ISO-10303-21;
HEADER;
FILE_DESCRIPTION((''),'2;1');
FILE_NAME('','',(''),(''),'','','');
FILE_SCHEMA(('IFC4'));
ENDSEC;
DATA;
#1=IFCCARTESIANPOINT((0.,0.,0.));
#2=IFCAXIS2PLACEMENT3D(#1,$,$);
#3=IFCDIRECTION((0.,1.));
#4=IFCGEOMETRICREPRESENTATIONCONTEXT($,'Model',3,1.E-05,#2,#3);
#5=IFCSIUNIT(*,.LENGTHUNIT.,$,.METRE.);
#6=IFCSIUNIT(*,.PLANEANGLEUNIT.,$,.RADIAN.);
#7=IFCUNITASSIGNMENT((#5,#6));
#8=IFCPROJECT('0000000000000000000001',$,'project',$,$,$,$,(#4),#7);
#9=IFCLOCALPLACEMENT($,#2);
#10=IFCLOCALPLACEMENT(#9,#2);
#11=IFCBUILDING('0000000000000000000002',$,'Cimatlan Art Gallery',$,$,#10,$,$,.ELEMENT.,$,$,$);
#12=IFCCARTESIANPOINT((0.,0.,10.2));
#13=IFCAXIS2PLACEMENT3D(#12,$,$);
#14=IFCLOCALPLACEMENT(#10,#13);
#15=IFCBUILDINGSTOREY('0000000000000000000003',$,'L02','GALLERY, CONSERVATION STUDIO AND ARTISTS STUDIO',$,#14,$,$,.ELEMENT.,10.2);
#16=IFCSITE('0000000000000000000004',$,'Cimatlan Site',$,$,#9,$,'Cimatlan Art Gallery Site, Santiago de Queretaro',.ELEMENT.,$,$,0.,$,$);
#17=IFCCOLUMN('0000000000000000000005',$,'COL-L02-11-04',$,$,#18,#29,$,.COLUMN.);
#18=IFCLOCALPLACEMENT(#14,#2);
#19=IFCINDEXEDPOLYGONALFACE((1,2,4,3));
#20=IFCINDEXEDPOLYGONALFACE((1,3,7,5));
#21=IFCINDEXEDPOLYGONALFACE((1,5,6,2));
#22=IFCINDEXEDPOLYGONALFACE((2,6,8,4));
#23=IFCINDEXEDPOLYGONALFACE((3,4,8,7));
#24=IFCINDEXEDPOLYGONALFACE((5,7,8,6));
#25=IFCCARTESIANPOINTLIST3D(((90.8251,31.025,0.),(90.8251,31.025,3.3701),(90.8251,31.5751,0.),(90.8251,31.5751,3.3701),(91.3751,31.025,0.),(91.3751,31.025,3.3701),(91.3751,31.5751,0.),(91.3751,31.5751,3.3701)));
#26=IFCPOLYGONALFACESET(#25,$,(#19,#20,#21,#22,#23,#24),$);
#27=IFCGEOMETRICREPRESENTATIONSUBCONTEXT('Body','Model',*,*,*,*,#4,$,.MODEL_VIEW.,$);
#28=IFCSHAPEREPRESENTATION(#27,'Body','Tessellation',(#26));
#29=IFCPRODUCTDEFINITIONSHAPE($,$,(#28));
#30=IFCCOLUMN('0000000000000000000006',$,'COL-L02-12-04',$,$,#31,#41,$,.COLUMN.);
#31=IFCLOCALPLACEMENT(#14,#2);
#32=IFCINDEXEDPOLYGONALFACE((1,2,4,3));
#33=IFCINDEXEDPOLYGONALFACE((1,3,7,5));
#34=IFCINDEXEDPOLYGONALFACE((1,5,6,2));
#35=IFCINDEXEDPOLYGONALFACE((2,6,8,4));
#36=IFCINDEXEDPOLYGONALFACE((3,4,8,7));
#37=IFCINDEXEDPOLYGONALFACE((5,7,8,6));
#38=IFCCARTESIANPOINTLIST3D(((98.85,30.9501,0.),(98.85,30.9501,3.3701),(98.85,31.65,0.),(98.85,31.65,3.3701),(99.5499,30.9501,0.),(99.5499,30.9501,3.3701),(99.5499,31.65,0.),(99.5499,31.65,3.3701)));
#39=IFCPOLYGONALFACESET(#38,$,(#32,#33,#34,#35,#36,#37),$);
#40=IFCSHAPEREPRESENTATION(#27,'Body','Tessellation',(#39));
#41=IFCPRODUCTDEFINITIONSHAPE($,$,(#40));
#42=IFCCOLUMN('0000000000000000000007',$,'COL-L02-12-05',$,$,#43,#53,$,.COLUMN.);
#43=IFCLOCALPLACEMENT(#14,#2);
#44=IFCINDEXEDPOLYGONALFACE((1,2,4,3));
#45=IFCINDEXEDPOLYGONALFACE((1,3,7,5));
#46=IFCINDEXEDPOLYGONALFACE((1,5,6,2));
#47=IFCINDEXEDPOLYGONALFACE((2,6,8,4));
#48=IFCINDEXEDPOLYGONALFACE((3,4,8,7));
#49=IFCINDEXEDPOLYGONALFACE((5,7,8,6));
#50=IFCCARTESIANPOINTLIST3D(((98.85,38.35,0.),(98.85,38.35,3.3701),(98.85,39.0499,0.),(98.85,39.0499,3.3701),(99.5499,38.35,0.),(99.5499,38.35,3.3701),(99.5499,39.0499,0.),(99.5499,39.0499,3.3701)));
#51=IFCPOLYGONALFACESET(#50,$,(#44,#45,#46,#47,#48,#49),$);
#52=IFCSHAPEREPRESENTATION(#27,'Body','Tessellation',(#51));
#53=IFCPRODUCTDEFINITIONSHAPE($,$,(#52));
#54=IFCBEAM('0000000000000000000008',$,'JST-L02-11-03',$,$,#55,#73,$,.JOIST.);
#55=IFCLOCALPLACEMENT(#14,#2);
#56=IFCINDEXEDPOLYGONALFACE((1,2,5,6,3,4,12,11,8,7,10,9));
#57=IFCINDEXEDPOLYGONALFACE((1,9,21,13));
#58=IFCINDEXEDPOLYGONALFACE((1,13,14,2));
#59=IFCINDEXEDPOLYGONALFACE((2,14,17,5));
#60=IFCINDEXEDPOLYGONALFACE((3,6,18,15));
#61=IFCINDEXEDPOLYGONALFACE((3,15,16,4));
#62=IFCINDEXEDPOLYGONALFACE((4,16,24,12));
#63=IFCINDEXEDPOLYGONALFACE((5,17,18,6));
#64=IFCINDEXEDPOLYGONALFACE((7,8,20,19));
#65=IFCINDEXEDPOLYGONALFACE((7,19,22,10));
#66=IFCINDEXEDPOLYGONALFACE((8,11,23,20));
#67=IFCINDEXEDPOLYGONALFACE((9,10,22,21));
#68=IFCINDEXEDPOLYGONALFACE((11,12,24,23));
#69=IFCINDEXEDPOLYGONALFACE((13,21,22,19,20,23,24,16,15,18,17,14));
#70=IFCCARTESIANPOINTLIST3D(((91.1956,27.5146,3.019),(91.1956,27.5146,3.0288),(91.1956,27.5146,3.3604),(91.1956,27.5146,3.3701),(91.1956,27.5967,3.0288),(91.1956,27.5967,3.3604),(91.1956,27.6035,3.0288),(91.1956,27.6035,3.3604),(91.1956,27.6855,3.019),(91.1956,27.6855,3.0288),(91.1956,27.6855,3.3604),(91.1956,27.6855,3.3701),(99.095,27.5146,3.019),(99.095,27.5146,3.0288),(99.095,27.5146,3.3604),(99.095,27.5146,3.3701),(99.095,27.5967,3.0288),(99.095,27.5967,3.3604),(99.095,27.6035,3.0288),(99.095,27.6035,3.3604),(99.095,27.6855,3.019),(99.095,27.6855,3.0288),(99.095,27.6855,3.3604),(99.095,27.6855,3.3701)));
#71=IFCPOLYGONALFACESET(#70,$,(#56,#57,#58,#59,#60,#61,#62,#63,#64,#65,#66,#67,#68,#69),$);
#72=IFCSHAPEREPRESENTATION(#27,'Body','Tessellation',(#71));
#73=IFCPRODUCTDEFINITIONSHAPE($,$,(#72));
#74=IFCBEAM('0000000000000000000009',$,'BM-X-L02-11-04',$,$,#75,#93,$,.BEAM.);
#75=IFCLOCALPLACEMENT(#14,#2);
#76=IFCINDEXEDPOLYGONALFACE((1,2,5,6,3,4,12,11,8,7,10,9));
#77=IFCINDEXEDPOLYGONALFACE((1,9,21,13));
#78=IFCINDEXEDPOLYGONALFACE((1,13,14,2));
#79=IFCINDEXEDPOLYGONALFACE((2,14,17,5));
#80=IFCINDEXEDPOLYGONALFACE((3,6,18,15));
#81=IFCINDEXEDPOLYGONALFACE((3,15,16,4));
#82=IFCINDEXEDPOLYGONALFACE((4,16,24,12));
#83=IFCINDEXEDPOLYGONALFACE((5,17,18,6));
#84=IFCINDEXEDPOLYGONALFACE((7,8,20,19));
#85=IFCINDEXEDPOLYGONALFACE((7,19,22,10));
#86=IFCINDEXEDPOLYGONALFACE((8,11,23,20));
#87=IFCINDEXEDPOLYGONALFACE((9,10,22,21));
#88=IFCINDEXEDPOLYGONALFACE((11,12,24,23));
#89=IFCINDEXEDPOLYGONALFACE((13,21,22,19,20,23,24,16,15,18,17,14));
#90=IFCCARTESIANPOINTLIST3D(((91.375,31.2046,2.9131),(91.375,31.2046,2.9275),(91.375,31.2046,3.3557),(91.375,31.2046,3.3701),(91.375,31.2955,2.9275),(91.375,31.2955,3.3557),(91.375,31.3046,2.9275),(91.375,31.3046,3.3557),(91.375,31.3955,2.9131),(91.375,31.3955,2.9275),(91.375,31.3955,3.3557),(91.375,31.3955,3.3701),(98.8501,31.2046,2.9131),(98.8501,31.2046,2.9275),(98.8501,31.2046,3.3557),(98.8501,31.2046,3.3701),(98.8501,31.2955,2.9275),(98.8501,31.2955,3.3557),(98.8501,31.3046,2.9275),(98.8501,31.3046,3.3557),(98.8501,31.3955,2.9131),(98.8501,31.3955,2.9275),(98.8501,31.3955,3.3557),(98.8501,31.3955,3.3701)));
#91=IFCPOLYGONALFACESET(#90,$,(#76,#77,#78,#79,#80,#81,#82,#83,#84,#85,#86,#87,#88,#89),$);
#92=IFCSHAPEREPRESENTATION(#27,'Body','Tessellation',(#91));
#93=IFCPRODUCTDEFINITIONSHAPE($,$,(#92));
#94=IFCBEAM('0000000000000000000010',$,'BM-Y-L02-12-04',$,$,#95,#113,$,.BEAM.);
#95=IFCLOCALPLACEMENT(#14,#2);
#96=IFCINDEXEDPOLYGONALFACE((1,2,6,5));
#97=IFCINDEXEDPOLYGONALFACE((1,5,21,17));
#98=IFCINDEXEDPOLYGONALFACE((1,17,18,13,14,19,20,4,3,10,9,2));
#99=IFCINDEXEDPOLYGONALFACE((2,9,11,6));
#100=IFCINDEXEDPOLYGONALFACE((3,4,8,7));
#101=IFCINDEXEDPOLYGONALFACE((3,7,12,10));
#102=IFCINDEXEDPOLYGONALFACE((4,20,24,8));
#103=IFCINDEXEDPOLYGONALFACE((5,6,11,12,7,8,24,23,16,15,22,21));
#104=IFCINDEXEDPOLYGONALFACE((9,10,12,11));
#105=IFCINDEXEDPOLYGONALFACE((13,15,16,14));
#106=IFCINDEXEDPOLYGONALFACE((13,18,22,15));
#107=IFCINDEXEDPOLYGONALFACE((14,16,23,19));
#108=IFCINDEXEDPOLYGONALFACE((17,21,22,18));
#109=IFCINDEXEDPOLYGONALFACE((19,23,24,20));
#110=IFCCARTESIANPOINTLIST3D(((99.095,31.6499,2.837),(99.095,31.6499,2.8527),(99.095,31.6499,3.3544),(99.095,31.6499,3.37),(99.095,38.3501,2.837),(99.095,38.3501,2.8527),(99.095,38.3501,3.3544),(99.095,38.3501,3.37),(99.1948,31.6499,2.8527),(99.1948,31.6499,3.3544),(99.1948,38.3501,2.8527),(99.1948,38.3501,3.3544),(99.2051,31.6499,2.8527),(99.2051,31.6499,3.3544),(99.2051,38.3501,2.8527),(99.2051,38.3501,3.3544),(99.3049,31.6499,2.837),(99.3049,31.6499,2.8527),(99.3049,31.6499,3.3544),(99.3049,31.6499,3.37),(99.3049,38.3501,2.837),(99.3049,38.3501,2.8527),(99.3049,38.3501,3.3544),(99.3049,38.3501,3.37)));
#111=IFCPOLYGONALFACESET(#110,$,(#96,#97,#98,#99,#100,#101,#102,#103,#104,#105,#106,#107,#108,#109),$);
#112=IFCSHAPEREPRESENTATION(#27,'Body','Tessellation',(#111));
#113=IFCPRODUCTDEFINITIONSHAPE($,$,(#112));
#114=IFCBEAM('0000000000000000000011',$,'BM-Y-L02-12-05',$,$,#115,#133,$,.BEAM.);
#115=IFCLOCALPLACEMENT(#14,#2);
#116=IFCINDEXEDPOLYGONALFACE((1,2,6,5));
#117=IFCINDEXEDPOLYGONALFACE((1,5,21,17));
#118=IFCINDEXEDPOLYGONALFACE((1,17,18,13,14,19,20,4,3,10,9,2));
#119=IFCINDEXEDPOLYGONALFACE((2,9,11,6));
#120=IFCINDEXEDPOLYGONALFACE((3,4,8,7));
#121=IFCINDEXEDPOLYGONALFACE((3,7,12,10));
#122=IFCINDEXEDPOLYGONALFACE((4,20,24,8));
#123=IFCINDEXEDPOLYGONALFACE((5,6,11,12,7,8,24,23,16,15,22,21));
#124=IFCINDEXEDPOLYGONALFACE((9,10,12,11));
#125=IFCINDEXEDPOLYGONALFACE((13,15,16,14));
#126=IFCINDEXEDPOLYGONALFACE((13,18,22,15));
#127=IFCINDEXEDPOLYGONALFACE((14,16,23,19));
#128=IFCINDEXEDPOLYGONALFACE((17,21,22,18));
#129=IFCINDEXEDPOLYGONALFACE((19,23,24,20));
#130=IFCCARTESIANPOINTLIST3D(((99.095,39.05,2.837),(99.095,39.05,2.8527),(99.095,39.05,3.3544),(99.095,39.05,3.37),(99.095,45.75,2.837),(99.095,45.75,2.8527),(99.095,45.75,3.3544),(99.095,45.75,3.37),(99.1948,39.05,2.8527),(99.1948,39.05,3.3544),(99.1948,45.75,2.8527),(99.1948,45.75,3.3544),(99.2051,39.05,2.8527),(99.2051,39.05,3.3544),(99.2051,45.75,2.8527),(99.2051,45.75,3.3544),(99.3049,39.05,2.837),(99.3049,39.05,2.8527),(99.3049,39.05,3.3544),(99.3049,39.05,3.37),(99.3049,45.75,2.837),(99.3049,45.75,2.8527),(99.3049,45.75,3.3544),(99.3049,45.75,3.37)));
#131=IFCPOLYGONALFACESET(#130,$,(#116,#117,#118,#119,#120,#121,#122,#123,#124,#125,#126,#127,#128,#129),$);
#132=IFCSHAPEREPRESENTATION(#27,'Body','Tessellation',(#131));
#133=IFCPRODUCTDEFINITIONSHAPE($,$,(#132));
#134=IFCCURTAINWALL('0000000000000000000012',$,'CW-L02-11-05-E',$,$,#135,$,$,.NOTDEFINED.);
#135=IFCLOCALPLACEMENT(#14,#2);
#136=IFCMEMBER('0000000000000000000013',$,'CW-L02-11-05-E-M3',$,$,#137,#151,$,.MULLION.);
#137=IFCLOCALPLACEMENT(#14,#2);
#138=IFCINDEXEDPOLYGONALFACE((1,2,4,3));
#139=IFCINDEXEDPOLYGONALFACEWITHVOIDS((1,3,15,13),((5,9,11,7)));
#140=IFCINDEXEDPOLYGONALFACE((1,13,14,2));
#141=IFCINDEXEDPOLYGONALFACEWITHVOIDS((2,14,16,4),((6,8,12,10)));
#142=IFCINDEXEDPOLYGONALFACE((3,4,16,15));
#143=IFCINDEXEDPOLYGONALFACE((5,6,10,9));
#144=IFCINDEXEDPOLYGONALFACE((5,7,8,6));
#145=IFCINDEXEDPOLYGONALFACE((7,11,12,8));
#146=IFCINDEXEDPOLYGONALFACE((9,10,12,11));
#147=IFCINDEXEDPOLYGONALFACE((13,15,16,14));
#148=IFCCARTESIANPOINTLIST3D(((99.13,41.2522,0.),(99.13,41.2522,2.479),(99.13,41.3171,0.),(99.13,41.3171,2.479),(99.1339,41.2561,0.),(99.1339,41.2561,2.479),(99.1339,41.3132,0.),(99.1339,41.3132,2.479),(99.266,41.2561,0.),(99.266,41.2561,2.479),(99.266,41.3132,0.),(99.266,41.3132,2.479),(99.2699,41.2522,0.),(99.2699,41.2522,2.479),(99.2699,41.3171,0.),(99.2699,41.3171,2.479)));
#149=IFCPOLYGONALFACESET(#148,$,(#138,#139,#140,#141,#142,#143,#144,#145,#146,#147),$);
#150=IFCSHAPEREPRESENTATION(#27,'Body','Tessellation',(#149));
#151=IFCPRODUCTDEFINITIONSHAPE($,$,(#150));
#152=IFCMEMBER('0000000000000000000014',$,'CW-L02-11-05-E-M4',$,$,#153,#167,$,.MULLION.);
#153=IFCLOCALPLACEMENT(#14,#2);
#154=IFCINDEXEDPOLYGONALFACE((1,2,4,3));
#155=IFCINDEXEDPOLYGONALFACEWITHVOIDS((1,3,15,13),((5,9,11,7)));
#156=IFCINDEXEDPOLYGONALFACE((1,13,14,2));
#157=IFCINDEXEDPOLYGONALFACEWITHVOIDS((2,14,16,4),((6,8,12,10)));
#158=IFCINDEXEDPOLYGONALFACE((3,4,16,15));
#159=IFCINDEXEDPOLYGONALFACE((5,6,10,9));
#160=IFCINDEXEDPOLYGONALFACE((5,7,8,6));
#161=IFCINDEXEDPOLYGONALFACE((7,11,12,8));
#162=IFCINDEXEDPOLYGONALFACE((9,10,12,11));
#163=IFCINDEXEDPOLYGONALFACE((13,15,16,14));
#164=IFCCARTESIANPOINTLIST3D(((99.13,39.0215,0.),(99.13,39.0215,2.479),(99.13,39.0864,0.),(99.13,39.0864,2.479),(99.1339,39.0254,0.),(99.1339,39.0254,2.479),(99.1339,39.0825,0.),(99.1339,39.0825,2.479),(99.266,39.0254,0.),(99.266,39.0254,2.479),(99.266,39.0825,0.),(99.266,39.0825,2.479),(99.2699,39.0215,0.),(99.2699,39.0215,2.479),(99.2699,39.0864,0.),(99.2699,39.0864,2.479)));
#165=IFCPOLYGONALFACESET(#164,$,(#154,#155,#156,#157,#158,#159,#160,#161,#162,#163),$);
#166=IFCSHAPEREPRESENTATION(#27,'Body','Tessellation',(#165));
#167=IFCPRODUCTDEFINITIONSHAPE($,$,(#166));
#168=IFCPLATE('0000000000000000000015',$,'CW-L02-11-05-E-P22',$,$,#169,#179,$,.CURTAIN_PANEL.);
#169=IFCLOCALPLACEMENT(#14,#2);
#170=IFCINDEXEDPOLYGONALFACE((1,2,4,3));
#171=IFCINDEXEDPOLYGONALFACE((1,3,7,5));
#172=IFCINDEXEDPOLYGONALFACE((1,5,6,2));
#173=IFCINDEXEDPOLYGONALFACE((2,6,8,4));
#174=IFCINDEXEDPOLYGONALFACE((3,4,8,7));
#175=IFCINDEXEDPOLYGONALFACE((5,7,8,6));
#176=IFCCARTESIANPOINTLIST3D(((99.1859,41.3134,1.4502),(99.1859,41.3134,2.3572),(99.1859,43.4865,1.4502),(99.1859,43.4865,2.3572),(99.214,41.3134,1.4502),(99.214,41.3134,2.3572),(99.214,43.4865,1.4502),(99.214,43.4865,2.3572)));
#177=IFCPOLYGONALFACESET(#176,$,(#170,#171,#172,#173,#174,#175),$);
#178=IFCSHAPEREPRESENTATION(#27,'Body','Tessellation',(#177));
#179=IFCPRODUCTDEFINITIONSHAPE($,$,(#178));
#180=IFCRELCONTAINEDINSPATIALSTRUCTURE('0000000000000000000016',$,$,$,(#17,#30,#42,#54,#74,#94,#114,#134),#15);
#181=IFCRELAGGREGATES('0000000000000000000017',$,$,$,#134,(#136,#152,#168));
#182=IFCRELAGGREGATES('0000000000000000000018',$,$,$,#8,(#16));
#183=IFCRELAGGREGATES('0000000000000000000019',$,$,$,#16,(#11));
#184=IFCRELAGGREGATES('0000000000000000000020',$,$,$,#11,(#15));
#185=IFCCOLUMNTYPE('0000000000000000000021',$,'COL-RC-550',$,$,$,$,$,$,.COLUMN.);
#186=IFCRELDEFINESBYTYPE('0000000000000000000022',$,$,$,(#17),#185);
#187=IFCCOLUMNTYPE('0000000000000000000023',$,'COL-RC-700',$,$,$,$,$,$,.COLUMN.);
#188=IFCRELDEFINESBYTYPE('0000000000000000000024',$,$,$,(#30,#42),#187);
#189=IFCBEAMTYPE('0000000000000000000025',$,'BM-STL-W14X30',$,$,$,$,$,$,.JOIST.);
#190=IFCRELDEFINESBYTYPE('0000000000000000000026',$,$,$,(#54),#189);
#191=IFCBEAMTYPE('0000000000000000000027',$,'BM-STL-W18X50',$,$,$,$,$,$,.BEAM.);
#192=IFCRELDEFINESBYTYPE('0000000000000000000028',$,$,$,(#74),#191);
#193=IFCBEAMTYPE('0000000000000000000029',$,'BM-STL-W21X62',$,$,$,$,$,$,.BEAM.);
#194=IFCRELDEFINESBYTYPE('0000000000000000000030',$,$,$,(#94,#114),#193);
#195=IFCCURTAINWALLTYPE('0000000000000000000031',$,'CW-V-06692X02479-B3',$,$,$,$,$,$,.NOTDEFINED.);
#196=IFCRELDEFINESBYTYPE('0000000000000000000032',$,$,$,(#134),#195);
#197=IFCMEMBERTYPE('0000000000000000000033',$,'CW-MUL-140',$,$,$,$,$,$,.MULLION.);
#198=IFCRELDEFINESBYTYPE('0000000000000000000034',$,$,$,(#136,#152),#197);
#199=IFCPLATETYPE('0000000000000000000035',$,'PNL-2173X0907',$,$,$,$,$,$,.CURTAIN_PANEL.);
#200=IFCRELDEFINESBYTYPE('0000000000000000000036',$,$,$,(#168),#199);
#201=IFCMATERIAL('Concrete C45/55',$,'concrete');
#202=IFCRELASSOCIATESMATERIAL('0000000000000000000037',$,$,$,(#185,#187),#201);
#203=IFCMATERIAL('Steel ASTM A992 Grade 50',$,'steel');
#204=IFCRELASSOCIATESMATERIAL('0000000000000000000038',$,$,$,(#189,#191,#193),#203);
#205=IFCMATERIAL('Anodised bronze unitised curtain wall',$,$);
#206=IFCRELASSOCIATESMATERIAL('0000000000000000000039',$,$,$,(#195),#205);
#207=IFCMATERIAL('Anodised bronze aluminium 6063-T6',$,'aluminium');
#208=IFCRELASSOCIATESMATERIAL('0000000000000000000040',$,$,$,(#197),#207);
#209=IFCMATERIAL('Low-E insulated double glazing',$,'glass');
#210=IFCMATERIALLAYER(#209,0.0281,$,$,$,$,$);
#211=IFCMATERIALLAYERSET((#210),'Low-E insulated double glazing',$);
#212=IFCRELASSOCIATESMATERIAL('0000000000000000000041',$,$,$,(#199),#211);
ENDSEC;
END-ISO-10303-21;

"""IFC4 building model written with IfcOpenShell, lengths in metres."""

from ifc_helpers import new_model, si_unit, direction, frame, origin, origin_2d, place, context, subcontext, project, spatial, rectangle, hollow_rectangle, i_section, extrude, material, layer, layer_set, material_profile, profile_set, type_object, element, aggregate, save


model = new_model("IFC4")

# Units and contexts
model_context = context("Model", 3, precision=1e-05, world=origin(), true_north=direction((0.0, 1.0)))
body_context = subcontext(model_context, "Body", "Model", "MODEL_VIEW")
ifc_project = project(units=[si_unit("LENGTHUNIT", "METRE"), si_unit("PLANEANGLEUNIT", "RADIAN")], contexts=[model_context])

# Site, building, storey
site_placement = place(None, origin())
site = spatial("IfcSite", under=ifc_project, at=site_placement, Name="Cimatlan Site", LongName="Cimatlan Art Gallery Site, Santiago de Queretaro", CompositionType="ELEMENT", RefElevation=0.0)
building_placement = place(site_placement, origin())
building = spatial("IfcBuilding", under=site, at=building_placement, Name="Cimatlan Art Gallery", CompositionType="ELEMENT")
storey_placement = place(building_placement, frame((0.0, 0.0, 10.2)))
storey = spatial("IfcBuildingStorey", under=building, at=storey_placement, Name="L02", Description="GALLERY, CONSERVATION STUDIO AND ARTISTS STUDIO", CompositionType="ELEMENT", Elevation=10.2)

# Columns
ifc_material_1 = material(Name="Concrete C45/55", Category="concrete")
ifc_material_profile_1 = material_profile(ifc_material_1, rectangle(XDim=0.55, YDim=0.55, at=origin_2d()), Name="RC550X550")
ifc_profile_set_1 = profile_set([ifc_material_profile_1], Name="Concrete C45/55")
column_type_1 = type_object("IfcColumnType", Name="COL-RC-550", PredefinedType="COLUMN", material=ifc_profile_set_1)
column_placement = place(storey_placement, frame((91.1001, 31.3, 0.0), z_axis=(0.0, 0.0, 1.0), x_axis=(1.0, 0.0, 0.0)))
element("IfcColumn", 1, at=column_placement, inside=storey, type_object=column_type_1, Name="COL-L02-11-04", PredefinedType="COLUMN", context=body_context, shape_type="SweptSolid", body=[
    extrude(rectangle(XDim=0.55, YDim=0.55, at=origin_2d()), origin(), (0.0, 0.0, 1.0), 3.3701),
])
ifc_material_profile_2 = material_profile(ifc_material_1, rectangle(XDim=0.7, YDim=0.7, at=origin_2d()), Name="RC700X700")
ifc_profile_set_2 = profile_set([ifc_material_profile_2], Name="Concrete C45/55")
column_type_2 = type_object("IfcColumnType", Name="COL-RC-700", PredefinedType="COLUMN", material=ifc_profile_set_2)
for number, where, z_axis, x_axis, name in (
    (2, (99.2, 31.3, 0.0), (0.0, 0.0, 1.0), (1.0, 0.0, 0.0), "COL-L02-12-04"),
    (3, (99.2, 38.7, 0.0), (0.0, 0.0, 1.0), (1.0, 0.0, 0.0), "COL-L02-12-05"),
):
    element("IfcColumn", number, at=place(storey_placement, frame(where, z_axis=z_axis, x_axis=x_axis)), inside=storey, type_object=column_type_2, Name=name, PredefinedType="COLUMN", context=body_context, shape_type="SweptSolid", body=[
        extrude(rectangle(XDim=0.7, YDim=0.7, at=origin_2d()), origin(), (0.0, 0.0, 1.0), 3.3701),
    ])

# Beams
ifc_material_2 = material(Name="Steel ASTM A992 Grade 50", Category="steel")
ifc_material_profile_3 = material_profile(ifc_material_2, i_section(OverallWidth=0.1709, OverallDepth=0.3511, WebThickness=0.0068, FlangeThickness=0.0098, at=origin_2d()), Name="W14X30")
ifc_profile_set_3 = profile_set([ifc_material_profile_3], Name="Steel ASTM A992 Grade 50")
beam_type_1 = type_object("IfcBeamType", Name="BM-STL-W14X30", PredefinedType="JOIST", material=ifc_profile_set_3)
beam_1_placement = place(storey_placement, frame((91.1956, 27.6001, 3.1946), z_axis=(1.0, 0.0, 0.0), x_axis=(0.0, 1.0, 0.0)))
element("IfcBeam", 4, at=beam_1_placement, inside=storey, type_object=beam_type_1, Name="JST-L02-11-03", PredefinedType="JOIST", context=body_context, shape_type="SweptSolid", body=[
    extrude(i_section(OverallWidth=0.1709, OverallDepth=0.3511, WebThickness=0.0068, FlangeThickness=0.0098, at=origin_2d()), origin(), (0.0, 0.0, 1.0), 7.8994),
])
ifc_material_profile_4 = material_profile(ifc_material_2, i_section(OverallWidth=0.1909, OverallDepth=0.457, WebThickness=0.009, FlangeThickness=0.0144, at=origin_2d()), Name="W18X50")
ifc_profile_set_4 = profile_set([ifc_material_profile_4], Name="Steel ASTM A992 Grade 50")
beam_type_2 = type_object("IfcBeamType", Name="BM-STL-W18X50", PredefinedType="BEAM", material=ifc_profile_set_4)
beam_2_placement = place(storey_placement, frame((91.375, 31.3, 3.1416), z_axis=(1.0, 0.0, 0.0), x_axis=(0.0, 1.0, 0.0)))
element("IfcBeam", 5, at=beam_2_placement, inside=storey, type_object=beam_type_2, Name="BM-X-L02-11-04", PredefinedType="BEAM", context=body_context, shape_type="SweptSolid", body=[
    extrude(i_section(OverallWidth=0.1909, OverallDepth=0.457, WebThickness=0.009, FlangeThickness=0.0144, at=origin_2d()), origin(), (0.0, 0.0, 1.0), 7.4751),
])
ifc_material_profile_5 = material_profile(ifc_material_2, i_section(OverallWidth=0.21, OverallDepth=0.533, WebThickness=0.0103, FlangeThickness=0.0156, at=origin_2d()), Name="W21X62")
ifc_profile_set_5 = profile_set([ifc_material_profile_5], Name="Steel ASTM A992 Grade 50")
beam_type_3 = type_object("IfcBeamType", Name="BM-STL-W21X62", PredefinedType="BEAM", material=ifc_profile_set_5)
beam_3_placement = place(storey_placement, frame((99.2, 31.6499, 3.1035), z_axis=(0.0, 1.0, 0.0), x_axis=(-1.0, 0.0, 0.0)))
element("IfcBeam", 6, at=beam_3_placement, inside=storey, type_object=beam_type_3, Name="BM-Y-L02-12-04", PredefinedType="BEAM", context=body_context, shape_type="SweptSolid", body=[
    extrude(i_section(OverallWidth=0.21, OverallDepth=0.533, WebThickness=0.0103, FlangeThickness=0.0156, at=origin_2d()), origin(), (0.0, 0.0, 1.0), 6.7002),
])
beam_4_placement = place(storey_placement, frame((99.2, 39.05, 3.1035), z_axis=(0.0, 1.0, 0.0), x_axis=(-1.0, 0.0, 0.0)))
element("IfcBeam", 7, at=beam_4_placement, inside=storey, type_object=beam_type_3, Name="BM-Y-L02-12-05", PredefinedType="BEAM", context=body_context, shape_type="SweptSolid", body=[
    extrude(i_section(OverallWidth=0.21, OverallDepth=0.533, WebThickness=0.0103, FlangeThickness=0.0156, at=origin_2d()), origin(), (0.0, 0.0, 1.0), 6.7),
])

# Curtain wall, members, plate
ifc_material_3 = material(Name="Anodised bronze unitised curtain wall")
curtain_wall_type = type_object("IfcCurtainWallType", Name="CW-V-06692X02479-B3", PredefinedType="NOTDEFINED", material=ifc_material_3)
curtain_wall_placement = place(storey_placement, origin())
curtain_wall = element("IfcCurtainWall", 8, at=curtain_wall_placement, inside=storey, type_object=curtain_wall_type, Name="CW-L02-11-05-E", PredefinedType="NOTDEFINED")
ifc_material_4 = material(Name="Anodised bronze aluminium 6063-T6", Category="aluminium")
ifc_material_profile_6 = material_profile(ifc_material_4, hollow_rectangle(XDim=0.0649, YDim=0.1399, WallThickness=0.0039, at=origin_2d()), Name="ALU65X140X4")
ifc_profile_set_6 = profile_set([ifc_material_profile_6], Name="Anodised bronze aluminium 6063-T6")
member_type = type_object("IfcMemberType", Name="CW-MUL-140", PredefinedType="MULLION", material=ifc_profile_set_6)
member_1_placement = place(storey_placement, frame((99.2, 41.2847, 0.0), z_axis=(0.0, 0.0, 1.0), x_axis=(0.0, 1.0, 0.0)))
member_1 = element("IfcMember", 9, at=member_1_placement, type_object=member_type, Name="CW-L02-11-05-E-M3", PredefinedType="MULLION", context=body_context, shape_type="SweptSolid", body=[
    extrude(hollow_rectangle(XDim=0.0649, YDim=0.1399, WallThickness=0.0039, at=origin_2d()), origin(), (0.0, 0.0, 1.0), 2.479),
])
member_2_placement = place(storey_placement, frame((99.2, 39.054, 0.0), z_axis=(0.0, 0.0, 1.0), x_axis=(0.0, 1.0, 0.0)))
member_2 = element("IfcMember", 10, at=member_2_placement, type_object=member_type, Name="CW-L02-11-05-E-M4", PredefinedType="MULLION", context=body_context, shape_type="SweptSolid", body=[
    extrude(hollow_rectangle(XDim=0.0649, YDim=0.1399, WallThickness=0.0039, at=origin_2d()), origin(), (0.0, 0.0, 1.0), 2.479),
])
ifc_material_5 = material(Name="Low-E insulated double glazing", Category="glass")
ifc_layer_1 = layer(ifc_material_5, 0.0281)
ifc_layer_set_1 = layer_set([ifc_layer_1], Name="Low-E insulated double glazing")
plate_type_1 = type_object("IfcPlateType", Name="PNL-2173X0907", PredefinedType="CURTAIN_PANEL", material=ifc_layer_set_1)
plate_1_placement = place(storey_placement, frame((99.2, 42.3999, 1.4502), z_axis=(0.0, 0.0, 1.0), x_axis=(0.0, -1.0, 0.0)))
plate_1 = element("IfcPlate", 11, at=plate_1_placement, type_object=plate_type_1, Name="CW-L02-11-05-E-P22", PredefinedType="CURTAIN_PANEL", context=body_context, shape_type="SweptSolid", body=[
    extrude(rectangle(XDim=2.1731, YDim=0.0281, at=origin_2d()), origin(), (0.0, 0.0, 1.0), 0.907),
])
aggregate(curtain_wall, [member_1, member_2, plate_1])

save(model, "model.ifc")
